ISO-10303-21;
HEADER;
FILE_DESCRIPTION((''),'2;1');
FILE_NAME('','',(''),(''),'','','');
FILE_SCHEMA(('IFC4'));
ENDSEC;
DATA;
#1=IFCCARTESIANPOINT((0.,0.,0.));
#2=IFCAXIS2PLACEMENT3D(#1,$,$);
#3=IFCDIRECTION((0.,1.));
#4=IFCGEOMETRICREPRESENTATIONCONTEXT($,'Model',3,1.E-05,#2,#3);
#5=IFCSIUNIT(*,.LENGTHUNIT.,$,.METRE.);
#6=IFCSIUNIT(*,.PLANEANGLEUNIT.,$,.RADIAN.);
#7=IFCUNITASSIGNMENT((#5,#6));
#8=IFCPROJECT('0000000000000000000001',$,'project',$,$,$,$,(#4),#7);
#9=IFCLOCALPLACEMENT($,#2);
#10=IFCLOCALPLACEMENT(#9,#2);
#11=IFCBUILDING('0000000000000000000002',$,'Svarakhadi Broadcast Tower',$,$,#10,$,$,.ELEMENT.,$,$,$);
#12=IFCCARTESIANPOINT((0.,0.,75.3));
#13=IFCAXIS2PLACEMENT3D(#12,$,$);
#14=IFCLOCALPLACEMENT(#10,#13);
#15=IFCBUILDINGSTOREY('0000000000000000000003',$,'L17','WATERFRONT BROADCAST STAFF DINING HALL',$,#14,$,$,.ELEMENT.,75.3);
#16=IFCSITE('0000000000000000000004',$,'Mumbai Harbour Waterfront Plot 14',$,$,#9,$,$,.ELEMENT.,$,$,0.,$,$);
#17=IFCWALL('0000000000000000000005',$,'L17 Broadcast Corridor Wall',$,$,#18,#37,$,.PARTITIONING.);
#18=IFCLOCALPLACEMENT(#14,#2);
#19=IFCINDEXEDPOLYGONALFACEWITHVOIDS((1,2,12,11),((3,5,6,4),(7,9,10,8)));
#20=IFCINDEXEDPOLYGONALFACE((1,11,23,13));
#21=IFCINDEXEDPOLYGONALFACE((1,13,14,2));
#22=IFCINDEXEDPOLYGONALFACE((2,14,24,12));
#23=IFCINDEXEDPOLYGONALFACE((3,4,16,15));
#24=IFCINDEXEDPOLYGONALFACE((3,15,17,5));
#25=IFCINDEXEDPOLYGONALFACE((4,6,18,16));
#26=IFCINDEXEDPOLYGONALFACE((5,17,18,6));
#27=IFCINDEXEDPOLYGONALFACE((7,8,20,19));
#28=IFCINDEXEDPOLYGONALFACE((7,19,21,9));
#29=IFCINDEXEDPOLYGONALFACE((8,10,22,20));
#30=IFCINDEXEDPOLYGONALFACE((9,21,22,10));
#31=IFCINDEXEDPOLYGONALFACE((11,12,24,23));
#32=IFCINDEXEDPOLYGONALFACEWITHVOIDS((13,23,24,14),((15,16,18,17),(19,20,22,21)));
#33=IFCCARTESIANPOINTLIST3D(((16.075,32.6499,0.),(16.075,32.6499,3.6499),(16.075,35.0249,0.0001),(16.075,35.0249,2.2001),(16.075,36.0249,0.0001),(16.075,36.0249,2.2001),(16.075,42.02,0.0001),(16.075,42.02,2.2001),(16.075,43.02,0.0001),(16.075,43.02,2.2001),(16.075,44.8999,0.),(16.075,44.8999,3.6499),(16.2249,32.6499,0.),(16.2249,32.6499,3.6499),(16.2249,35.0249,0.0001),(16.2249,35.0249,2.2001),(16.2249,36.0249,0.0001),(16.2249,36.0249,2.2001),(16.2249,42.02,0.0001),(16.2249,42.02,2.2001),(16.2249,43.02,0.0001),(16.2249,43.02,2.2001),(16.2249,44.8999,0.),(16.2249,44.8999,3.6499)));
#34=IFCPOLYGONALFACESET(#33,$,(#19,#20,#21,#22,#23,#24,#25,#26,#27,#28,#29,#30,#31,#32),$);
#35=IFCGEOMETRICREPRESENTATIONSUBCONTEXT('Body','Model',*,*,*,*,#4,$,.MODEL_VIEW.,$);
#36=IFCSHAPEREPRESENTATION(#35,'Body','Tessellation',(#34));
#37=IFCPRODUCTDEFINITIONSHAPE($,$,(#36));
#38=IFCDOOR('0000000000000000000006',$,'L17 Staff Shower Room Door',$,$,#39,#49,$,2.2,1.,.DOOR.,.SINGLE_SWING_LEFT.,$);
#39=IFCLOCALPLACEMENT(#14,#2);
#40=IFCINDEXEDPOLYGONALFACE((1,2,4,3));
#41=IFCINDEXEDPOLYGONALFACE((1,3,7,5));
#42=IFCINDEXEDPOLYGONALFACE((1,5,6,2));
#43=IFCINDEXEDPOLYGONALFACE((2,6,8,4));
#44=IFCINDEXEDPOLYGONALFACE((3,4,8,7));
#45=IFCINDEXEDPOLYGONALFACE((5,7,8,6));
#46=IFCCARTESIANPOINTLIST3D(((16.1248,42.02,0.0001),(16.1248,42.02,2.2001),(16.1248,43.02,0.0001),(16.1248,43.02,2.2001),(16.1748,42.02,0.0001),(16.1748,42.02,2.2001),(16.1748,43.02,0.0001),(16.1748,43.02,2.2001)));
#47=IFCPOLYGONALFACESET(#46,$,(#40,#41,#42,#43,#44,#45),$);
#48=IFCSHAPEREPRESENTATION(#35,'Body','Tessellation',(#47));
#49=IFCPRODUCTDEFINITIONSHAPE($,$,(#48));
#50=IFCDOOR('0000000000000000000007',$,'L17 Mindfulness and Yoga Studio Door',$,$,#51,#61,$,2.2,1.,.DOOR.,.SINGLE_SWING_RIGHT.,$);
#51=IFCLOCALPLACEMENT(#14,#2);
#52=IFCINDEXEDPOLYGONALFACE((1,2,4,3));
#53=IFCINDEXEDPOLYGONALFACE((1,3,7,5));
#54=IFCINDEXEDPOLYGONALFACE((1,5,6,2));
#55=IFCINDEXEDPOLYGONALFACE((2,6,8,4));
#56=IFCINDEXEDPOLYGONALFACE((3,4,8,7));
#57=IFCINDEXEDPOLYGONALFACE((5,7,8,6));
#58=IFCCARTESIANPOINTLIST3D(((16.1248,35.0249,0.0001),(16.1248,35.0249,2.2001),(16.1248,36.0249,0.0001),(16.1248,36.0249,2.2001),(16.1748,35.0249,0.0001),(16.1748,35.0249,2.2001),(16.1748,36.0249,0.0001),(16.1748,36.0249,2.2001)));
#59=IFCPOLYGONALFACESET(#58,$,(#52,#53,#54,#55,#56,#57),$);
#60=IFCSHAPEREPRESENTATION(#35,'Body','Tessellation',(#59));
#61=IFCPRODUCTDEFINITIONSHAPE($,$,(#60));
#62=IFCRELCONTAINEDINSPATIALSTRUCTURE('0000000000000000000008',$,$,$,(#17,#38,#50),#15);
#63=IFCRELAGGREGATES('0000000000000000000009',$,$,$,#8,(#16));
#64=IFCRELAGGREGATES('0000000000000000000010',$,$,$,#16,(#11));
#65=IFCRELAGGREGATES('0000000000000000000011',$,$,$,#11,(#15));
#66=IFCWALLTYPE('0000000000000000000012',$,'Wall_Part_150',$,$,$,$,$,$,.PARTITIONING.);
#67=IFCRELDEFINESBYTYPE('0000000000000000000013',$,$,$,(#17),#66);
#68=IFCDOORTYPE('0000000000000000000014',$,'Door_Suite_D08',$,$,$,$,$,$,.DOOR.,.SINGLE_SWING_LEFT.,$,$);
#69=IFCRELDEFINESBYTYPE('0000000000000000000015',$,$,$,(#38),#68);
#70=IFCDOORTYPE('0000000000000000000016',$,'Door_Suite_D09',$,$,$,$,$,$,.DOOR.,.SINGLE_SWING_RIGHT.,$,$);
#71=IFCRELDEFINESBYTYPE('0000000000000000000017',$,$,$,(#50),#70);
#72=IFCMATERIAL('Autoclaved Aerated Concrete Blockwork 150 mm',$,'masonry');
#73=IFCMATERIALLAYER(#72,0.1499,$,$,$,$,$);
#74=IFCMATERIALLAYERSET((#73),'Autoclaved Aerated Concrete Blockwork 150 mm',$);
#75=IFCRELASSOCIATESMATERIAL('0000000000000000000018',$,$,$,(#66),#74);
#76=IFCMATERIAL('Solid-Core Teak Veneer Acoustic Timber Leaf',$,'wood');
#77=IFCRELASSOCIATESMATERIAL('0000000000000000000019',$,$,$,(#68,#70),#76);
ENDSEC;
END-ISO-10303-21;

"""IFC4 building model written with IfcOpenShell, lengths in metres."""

from ifc_helpers import new_model, si_unit, direction, frame, frame_2d, origin, place, context, subcontext, project, spatial, rectangle, extrude, material, layer, layer_set, type_object, element, fill, save


model = new_model("IFC4")

# Units and contexts
model_context = context("Model", 3, precision=1e-05, world=origin(), true_north=direction((0.0, 1.0)))
body_context = subcontext(model_context, "Body", "Model", "MODEL_VIEW")
ifc_project = project(units=[si_unit("LENGTHUNIT", "METRE"), si_unit("PLANEANGLEUNIT", "RADIAN")], contexts=[model_context])

# Site, building, storey
site_placement = place(None, origin())
site = spatial("IfcSite", under=ifc_project, at=site_placement, Name="Mumbai Harbour Waterfront Plot 14", CompositionType="ELEMENT", RefElevation=0.0)
building_placement = place(site_placement, origin())
building = spatial("IfcBuilding", under=site, at=building_placement, Name="Svarakhadi Broadcast Tower", CompositionType="ELEMENT")
storey_placement = place(building_placement, frame((0.0, 0.0, 75.3)))
storey = spatial("IfcBuildingStorey", under=building, at=storey_placement, Name="L17", Description="WATERFRONT BROADCAST STAFF DINING HALL", CompositionType="ELEMENT", Elevation=75.3)

# Shared definitions
ifc_material_1 = material(Name="Autoclaved Aerated Concrete Blockwork 150 mm", Category="masonry")
ifc_layer_1 = layer(ifc_material_1, 0.1499)
ifc_layer_set_1 = layer_set([ifc_layer_1], Name="Autoclaved Aerated Concrete Blockwork 150 mm")
wall_type_1 = type_object("IfcWallType", Name="Wall_Part_150", PredefinedType="PARTITIONING", material=ifc_layer_set_1)

# Wall, openings, doors
wall_1_placement = place(storey_placement, frame((16.1499, 44.8999, 0.0), z_axis=(0.0, 0.0, 1.0), x_axis=(0.0, -1.0, 0.0)))
wall_1 = element("IfcWall", 1, at=wall_1_placement, inside=storey, type_object=wall_type_1, Name="L17 Broadcast Corridor Wall", PredefinedType="PARTITIONING", context=body_context, shape_type="SweptSolid", body=[
    extrude(rectangle(XDim=12.25, YDim=0.1499, at=frame_2d((6.125, 0.0))), origin(), (0.0, 0.0, 1.0), 3.6499),
])
opening_1_placement = place(wall_1_placement, frame((8.875, 0.0, 0.0)))
opening_1 = element("IfcOpeningElement", 2, at=opening_1_placement, cuts=wall_1, PredefinedType="OPENING", context=body_context, shape_type="SweptSolid", body=[
    extrude(rectangle(XDim=1.0, YDim=2.2, at=frame_2d((0.5, 1.1001))), frame((0.0, 0.085, 0.0), z_axis=(0.0, -1.0, 0.0), x_axis=(1.0, 0.0, 0.0)), (0.0, 0.0, 1.0), 0.1699),
])
opening_2_placement = place(wall_1_placement, frame((1.8799, 0.0, 0.0)))
opening_2 = element("IfcOpeningElement", 3, at=opening_2_placement, cuts=wall_1, PredefinedType="OPENING", context=body_context, shape_type="SweptSolid", body=[
    extrude(rectangle(XDim=1.0, YDim=2.2, at=frame_2d((0.5, 1.1001))), frame((0.0, 0.085, 0.0), z_axis=(0.0, -1.0, 0.0), x_axis=(1.0, 0.0, 0.0)), (0.0, 0.0, 1.0), 0.1699),
])
ifc_material_2 = material(Name="Solid-Core Teak Veneer Acoustic Timber Leaf", Category="wood")
door_type_1 = type_object("IfcDoorType", Name="Door_Suite_D08", OperationType="SINGLE_SWING_LEFT", PredefinedType="DOOR", material=ifc_material_2)
door_1_placement = place(opening_2_placement, origin())
door_1 = element("IfcDoor", 4, at=door_1_placement, inside=storey, type_object=door_type_1, Name="L17 Staff Shower Room Door", OperationType="SINGLE_SWING_LEFT", OverallHeight=2.2, OverallWidth=1.0, PredefinedType="DOOR", context=body_context, shape_type="SweptSolid", body=[
    extrude(rectangle(XDim=1.0, YDim=2.2, at=frame_2d((0.5, 1.1001))), frame((0.0, 0.0249, 0.0), z_axis=(0.0, -1.0, 0.0), x_axis=(1.0, 0.0, 0.0)), (0.0, 0.0, 1.0), 0.05),
])
fill(opening_2, door_1)
door_type_2 = type_object("IfcDoorType", Name="Door_Suite_D09", OperationType="SINGLE_SWING_RIGHT", PredefinedType="DOOR", material=ifc_material_2)
door_2_placement = place(opening_1_placement, origin())
door_2 = element("IfcDoor", 5, at=door_2_placement, inside=storey, type_object=door_type_2, Name="L17 Mindfulness and Yoga Studio Door", OperationType="SINGLE_SWING_RIGHT", OverallHeight=2.2, OverallWidth=1.0, PredefinedType="DOOR", context=body_context, shape_type="SweptSolid", body=[
    extrude(rectangle(XDim=1.0, YDim=2.2, at=frame_2d((0.5, 1.1001))), frame((0.0, 0.0249, 0.0), z_axis=(0.0, -1.0, 0.0), x_axis=(1.0, 0.0, 0.0)), (0.0, 0.0, 1.0), 0.05),
])
fill(opening_1, door_2)

save(model, "model.ifc")
